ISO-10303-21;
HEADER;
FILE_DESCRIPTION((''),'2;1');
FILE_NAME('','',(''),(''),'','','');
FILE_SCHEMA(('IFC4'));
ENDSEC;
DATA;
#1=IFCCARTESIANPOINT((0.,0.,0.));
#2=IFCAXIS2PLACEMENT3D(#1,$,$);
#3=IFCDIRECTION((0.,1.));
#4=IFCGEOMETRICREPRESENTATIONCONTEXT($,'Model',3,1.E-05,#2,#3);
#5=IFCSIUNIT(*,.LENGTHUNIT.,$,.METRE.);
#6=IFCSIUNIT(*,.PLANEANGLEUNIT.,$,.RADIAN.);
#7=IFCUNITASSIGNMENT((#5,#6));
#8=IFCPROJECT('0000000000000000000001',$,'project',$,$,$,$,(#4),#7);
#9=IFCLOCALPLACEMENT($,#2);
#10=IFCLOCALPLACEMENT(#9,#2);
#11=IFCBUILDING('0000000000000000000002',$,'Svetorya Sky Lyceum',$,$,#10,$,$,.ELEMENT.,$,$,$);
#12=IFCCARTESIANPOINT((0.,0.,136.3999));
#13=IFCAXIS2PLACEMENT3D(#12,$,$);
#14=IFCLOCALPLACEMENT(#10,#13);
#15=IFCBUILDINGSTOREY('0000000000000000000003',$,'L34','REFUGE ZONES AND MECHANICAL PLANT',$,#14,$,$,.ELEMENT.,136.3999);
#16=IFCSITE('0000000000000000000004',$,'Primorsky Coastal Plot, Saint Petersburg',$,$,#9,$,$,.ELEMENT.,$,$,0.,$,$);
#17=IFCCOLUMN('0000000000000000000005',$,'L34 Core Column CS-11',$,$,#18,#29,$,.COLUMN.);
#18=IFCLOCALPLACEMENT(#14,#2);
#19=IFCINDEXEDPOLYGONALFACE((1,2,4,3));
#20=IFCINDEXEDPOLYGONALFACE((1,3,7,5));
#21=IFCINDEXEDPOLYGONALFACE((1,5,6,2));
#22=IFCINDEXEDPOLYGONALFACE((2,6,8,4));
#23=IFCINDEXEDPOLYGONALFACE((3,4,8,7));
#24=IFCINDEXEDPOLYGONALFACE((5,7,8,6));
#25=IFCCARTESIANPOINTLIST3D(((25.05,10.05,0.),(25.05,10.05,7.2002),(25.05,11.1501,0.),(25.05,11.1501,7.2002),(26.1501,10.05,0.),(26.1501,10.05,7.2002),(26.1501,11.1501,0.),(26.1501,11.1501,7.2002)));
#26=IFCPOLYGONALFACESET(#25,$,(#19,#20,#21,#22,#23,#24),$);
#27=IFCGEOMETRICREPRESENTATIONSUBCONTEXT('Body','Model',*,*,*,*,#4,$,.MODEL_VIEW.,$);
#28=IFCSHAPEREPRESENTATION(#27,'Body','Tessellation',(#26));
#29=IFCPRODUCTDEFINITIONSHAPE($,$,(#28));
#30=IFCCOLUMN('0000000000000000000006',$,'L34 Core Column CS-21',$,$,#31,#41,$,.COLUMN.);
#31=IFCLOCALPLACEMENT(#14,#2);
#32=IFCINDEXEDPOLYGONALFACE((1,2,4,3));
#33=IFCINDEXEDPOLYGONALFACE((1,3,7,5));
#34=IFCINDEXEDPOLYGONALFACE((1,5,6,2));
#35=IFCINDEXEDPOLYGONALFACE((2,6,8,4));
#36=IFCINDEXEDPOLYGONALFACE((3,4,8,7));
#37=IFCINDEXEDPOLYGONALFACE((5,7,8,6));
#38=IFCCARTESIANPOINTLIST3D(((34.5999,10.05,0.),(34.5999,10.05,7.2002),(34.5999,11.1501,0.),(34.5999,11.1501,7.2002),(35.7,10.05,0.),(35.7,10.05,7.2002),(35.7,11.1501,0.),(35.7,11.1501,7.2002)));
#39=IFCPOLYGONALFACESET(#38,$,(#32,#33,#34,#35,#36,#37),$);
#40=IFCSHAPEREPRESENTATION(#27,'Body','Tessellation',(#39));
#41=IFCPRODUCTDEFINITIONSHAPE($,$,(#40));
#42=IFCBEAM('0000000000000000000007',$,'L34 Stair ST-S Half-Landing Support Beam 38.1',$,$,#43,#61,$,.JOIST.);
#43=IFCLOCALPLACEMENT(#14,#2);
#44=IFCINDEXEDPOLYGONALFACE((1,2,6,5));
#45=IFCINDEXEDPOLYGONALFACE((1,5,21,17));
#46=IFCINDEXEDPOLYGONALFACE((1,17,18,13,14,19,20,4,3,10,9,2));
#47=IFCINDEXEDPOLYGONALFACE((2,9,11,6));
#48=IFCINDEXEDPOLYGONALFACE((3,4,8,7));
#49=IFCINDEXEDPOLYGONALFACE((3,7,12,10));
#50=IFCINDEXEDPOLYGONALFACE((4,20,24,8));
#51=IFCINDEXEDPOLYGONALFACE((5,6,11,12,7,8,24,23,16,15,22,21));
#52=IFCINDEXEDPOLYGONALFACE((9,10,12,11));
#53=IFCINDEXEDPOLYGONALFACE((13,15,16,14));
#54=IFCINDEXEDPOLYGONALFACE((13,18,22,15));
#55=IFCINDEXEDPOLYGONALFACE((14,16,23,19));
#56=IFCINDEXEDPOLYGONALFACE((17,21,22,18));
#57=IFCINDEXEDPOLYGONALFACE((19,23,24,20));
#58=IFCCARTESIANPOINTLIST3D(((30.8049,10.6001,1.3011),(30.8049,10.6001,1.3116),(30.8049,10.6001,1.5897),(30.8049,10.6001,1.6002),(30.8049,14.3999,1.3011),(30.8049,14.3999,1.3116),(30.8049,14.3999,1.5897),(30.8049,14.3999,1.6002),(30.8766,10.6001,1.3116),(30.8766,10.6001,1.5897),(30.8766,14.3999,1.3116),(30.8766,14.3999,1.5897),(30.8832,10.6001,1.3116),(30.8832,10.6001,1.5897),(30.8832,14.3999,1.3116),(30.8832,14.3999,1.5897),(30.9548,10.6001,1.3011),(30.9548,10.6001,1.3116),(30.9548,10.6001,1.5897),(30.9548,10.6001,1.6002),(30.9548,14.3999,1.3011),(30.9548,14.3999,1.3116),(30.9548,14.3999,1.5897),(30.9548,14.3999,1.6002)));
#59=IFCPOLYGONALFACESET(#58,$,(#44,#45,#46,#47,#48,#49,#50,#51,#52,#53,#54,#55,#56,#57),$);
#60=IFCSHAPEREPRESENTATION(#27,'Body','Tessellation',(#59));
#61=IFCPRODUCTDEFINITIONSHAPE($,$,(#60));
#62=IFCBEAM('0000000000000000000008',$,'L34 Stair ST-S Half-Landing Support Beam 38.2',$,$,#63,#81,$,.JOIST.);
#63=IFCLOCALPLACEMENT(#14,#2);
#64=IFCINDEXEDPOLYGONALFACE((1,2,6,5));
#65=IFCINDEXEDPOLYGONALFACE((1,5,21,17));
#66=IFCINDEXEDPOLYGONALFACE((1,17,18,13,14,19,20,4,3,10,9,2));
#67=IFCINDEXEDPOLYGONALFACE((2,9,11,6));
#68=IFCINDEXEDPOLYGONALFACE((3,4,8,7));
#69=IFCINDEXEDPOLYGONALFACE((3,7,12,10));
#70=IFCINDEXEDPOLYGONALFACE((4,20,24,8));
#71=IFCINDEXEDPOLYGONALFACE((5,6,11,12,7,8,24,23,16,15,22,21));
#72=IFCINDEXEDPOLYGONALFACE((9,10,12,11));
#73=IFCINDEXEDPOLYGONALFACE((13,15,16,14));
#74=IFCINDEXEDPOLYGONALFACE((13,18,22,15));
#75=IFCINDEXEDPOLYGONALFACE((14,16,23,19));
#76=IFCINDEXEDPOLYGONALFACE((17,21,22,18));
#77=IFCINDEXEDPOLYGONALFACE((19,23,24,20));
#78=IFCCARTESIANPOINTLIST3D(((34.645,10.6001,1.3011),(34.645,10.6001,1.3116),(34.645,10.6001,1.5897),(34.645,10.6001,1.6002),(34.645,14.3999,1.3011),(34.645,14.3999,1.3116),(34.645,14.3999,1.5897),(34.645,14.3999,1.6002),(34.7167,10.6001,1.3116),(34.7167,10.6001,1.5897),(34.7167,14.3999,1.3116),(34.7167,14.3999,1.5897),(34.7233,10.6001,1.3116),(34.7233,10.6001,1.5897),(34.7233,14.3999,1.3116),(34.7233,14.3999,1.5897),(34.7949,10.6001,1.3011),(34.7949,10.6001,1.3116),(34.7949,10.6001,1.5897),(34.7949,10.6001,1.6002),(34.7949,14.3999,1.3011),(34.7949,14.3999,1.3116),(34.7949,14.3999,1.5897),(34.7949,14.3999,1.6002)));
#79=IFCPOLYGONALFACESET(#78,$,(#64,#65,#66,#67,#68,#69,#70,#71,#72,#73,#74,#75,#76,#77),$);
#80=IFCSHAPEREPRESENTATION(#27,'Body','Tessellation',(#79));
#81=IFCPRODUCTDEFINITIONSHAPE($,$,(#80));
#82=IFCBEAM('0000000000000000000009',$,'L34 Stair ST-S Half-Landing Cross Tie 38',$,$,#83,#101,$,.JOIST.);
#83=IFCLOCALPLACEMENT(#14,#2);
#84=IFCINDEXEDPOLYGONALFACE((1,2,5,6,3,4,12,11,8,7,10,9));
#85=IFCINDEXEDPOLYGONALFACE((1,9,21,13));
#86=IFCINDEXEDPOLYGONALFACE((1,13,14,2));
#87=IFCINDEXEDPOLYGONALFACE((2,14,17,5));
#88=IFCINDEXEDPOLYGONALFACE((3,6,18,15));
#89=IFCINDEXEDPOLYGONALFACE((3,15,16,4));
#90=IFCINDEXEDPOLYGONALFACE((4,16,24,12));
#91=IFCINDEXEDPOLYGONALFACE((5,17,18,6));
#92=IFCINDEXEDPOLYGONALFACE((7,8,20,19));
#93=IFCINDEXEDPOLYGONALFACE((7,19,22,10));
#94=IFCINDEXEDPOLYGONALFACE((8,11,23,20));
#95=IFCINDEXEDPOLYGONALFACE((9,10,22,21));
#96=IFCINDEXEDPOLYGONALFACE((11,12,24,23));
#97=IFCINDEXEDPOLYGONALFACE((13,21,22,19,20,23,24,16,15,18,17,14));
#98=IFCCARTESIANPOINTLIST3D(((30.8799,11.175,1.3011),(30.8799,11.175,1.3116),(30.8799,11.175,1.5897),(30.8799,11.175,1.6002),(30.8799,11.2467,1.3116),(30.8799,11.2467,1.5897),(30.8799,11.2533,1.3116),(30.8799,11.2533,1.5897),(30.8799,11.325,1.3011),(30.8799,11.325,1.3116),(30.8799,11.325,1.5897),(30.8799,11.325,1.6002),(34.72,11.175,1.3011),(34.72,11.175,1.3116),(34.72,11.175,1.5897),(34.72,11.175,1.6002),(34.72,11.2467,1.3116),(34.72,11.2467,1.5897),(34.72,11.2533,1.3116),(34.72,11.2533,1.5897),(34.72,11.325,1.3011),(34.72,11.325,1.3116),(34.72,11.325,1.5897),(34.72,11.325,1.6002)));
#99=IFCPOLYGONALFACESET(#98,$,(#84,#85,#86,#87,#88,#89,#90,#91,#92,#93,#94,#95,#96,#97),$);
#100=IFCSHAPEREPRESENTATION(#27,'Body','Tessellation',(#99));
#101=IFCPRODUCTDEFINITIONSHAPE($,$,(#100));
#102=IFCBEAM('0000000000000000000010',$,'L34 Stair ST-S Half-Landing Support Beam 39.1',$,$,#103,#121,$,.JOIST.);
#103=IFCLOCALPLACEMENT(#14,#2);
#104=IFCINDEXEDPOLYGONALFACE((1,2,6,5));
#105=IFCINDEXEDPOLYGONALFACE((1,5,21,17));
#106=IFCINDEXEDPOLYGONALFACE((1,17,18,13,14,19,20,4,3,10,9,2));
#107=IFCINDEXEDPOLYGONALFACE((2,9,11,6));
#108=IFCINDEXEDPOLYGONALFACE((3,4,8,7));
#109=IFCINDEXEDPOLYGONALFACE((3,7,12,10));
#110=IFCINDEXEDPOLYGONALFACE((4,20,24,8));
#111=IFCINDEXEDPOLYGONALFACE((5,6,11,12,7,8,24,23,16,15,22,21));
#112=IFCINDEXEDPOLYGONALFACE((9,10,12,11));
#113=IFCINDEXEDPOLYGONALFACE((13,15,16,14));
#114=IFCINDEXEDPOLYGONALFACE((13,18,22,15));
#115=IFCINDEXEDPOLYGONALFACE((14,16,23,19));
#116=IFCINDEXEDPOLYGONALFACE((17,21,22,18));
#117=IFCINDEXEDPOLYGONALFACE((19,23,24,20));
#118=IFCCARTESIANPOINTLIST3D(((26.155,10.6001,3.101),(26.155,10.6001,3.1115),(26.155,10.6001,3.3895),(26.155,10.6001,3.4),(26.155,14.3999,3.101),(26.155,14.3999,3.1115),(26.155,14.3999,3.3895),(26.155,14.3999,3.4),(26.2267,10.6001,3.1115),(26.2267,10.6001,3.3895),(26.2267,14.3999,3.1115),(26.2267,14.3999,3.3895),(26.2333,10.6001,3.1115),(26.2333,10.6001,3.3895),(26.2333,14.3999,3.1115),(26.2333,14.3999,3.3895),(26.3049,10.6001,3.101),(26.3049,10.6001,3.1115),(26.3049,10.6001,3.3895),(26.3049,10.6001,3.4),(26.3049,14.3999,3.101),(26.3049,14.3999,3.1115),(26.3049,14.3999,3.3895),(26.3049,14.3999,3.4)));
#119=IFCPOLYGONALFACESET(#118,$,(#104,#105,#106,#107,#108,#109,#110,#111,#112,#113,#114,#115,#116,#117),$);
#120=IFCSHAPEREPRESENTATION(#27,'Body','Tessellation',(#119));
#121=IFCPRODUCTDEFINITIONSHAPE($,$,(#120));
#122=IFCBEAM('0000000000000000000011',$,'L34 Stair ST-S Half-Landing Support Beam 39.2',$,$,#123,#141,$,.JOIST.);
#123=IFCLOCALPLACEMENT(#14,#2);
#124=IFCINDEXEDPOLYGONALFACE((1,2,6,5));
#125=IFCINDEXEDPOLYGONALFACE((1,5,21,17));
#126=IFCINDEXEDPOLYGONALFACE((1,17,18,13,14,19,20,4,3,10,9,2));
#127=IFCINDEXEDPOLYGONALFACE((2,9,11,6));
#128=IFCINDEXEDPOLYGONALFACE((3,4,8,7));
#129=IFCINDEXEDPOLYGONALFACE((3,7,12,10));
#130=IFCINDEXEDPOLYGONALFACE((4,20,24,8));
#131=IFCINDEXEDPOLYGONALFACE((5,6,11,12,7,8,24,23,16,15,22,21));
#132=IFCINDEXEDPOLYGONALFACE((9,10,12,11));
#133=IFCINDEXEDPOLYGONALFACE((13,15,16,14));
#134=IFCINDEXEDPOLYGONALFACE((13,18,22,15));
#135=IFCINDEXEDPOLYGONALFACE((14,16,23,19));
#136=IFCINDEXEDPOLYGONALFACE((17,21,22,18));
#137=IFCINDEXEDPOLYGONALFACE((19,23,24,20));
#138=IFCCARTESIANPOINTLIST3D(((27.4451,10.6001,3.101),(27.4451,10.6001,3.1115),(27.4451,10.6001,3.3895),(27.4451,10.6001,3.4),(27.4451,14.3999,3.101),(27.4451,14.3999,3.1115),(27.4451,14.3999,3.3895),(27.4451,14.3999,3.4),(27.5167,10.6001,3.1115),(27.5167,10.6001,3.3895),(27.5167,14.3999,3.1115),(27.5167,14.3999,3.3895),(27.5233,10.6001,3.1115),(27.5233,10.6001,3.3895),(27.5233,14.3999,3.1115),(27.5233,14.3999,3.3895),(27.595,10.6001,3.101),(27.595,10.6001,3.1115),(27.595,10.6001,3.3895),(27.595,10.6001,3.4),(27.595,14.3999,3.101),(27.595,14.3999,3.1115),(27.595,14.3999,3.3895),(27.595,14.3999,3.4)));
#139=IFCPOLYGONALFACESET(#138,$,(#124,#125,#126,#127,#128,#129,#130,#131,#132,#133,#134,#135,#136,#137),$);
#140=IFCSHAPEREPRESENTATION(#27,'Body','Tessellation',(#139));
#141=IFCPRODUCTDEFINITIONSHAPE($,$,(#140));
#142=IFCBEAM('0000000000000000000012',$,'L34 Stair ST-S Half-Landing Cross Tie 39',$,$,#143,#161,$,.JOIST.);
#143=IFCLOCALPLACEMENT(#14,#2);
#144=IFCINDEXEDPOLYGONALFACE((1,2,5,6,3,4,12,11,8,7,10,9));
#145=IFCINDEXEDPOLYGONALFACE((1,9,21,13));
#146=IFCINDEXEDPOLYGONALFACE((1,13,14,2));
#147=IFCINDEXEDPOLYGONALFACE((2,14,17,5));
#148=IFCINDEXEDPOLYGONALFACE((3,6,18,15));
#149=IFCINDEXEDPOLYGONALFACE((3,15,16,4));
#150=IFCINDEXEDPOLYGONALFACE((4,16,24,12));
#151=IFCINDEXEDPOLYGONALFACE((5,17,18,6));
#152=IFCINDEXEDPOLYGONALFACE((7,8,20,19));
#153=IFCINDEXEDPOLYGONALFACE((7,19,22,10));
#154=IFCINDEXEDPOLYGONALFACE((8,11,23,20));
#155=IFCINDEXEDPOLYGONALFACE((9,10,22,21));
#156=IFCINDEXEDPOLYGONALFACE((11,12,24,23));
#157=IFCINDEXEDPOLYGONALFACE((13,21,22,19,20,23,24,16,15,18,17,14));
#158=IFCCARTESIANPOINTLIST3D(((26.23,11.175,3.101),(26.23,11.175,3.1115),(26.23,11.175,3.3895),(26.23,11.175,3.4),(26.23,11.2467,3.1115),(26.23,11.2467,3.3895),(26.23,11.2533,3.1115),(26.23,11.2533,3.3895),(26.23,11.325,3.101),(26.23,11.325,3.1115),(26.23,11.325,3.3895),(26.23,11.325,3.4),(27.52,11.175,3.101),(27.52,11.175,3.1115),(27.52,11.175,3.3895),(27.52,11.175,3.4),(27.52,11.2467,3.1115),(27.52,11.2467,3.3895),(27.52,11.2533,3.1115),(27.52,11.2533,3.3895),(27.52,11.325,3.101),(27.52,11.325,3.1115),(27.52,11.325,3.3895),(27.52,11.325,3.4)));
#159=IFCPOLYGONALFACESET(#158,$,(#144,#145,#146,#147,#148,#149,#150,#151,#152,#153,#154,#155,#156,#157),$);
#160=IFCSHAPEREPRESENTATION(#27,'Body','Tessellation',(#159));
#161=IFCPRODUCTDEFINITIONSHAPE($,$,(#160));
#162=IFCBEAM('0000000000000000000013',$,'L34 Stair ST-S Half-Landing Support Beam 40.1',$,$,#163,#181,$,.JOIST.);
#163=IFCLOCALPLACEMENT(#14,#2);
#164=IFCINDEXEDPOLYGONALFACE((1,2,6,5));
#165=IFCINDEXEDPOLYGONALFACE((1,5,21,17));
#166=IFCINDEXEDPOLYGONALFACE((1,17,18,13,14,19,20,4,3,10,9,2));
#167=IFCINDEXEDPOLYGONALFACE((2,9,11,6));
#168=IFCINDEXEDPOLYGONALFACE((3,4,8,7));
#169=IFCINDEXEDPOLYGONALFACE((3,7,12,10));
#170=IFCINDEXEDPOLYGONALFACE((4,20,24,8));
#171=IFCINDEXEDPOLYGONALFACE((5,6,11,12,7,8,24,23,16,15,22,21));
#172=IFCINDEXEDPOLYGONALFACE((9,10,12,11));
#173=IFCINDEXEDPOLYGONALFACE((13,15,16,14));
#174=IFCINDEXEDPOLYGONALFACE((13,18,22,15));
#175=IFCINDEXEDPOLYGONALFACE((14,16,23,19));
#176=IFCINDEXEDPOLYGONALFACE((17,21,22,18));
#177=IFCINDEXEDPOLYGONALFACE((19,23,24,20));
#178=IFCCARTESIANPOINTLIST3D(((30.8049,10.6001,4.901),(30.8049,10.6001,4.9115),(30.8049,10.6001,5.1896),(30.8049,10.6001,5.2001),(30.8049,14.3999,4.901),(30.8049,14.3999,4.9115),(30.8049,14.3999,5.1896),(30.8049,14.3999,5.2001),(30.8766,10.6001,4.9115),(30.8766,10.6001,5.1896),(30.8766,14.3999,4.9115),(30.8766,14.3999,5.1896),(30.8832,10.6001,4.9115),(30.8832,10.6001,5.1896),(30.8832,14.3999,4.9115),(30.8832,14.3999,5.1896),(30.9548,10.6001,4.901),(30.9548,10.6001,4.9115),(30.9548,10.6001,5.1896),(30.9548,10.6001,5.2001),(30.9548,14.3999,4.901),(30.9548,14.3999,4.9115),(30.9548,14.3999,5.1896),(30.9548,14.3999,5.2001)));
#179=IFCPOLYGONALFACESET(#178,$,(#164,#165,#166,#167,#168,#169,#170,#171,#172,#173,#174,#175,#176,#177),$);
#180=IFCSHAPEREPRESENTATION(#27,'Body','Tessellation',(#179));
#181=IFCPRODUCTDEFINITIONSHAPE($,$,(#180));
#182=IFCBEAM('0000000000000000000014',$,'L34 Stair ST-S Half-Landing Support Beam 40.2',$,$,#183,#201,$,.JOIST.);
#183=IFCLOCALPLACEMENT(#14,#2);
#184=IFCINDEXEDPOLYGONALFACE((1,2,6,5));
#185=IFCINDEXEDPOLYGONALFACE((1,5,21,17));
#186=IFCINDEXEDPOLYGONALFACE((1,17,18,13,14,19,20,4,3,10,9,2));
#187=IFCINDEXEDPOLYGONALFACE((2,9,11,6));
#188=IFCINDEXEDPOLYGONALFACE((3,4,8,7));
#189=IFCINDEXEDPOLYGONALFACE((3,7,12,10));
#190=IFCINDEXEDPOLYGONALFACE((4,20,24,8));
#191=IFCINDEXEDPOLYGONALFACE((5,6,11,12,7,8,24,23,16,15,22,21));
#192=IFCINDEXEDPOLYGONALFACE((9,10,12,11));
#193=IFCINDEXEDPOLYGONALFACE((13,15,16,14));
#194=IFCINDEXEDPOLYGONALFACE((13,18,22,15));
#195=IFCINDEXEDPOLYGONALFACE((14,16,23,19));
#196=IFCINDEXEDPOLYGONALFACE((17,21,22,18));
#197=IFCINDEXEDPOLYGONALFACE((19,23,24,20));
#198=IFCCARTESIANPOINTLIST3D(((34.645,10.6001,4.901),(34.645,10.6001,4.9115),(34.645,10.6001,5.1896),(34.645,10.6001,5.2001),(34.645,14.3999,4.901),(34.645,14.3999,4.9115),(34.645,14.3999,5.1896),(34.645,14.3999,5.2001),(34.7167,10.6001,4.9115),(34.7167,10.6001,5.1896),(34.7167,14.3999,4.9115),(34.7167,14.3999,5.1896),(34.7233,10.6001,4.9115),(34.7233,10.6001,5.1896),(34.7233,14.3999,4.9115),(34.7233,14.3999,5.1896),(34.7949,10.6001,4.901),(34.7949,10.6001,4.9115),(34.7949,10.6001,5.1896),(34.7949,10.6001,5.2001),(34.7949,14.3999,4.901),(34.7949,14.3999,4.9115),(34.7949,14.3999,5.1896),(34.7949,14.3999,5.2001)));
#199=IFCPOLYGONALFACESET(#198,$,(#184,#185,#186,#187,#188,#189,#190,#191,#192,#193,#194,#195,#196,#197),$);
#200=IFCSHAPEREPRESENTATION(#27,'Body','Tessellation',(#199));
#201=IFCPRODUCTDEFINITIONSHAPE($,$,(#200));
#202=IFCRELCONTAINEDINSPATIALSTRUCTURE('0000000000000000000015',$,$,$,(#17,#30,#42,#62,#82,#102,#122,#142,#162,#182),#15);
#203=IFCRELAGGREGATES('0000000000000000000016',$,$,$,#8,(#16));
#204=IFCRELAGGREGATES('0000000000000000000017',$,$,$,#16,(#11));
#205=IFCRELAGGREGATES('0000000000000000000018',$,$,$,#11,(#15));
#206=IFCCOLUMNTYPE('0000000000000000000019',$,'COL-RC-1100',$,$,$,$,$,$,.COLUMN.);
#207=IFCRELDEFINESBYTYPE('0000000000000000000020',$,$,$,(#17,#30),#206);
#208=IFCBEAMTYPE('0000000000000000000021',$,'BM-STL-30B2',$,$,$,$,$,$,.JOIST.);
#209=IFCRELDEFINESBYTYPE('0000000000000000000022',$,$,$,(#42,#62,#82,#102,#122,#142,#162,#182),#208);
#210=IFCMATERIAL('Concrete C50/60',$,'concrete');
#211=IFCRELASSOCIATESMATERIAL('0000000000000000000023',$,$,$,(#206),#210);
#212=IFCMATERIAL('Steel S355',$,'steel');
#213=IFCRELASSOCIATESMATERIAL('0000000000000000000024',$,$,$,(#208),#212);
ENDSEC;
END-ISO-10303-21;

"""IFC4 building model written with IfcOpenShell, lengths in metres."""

from ifc_helpers import new_model, si_unit, direction, frame, origin, origin_2d, place, context, subcontext, project, spatial, rectangle, i_section, extrude, material, material_profile, profile_set, type_object, element, save


model = new_model("IFC4")

# Units and contexts
model_context = context("Model", 3, precision=1e-05, world=origin(), true_north=direction((0.0, 1.0)))
body_context = subcontext(model_context, "Body", "Model", "MODEL_VIEW")
ifc_project = project(units=[si_unit("LENGTHUNIT", "METRE"), si_unit("PLANEANGLEUNIT", "RADIAN")], contexts=[model_context])

# Site, building, storey
site_placement = place(None, origin())
site = spatial("IfcSite", under=ifc_project, at=site_placement, Name="Primorsky Coastal Plot, Saint Petersburg", CompositionType="ELEMENT", RefElevation=0.0)
building_placement = place(site_placement, origin())
building = spatial("IfcBuilding", under=site, at=building_placement, Name="Svetorya Sky Lyceum", CompositionType="ELEMENT")
storey_placement = place(building_placement, frame((0.0, 0.0, 136.3999)))
storey = spatial("IfcBuildingStorey", under=building, at=storey_placement, Name="L34", Description="REFUGE ZONES AND MECHANICAL PLANT", CompositionType="ELEMENT", Elevation=136.3999)

# Columns
ifc_material_1 = material(Name="Concrete C50/60", Category="concrete")
ifc_material_profile_1 = material_profile(ifc_material_1, rectangle(XDim=1.1001, YDim=1.1001, at=origin_2d()), Name="RC COL 1100x1100")
ifc_profile_set_1 = profile_set([ifc_material_profile_1], Name="Concrete C50/60")
column_type = type_object("IfcColumnType", Name="COL-RC-1100", PredefinedType="COLUMN", material=ifc_profile_set_1)
for number, where, z_axis, x_axis, name in (
    (1, (25.6001, 10.6001, 0.0), (0.0, 0.0, 1.0), (1.0, 0.0, 0.0), "L34 Core Column CS-11"),
    (2, (35.1499, 10.6001, 0.0), (0.0, 0.0, 1.0), (1.0, 0.0, 0.0), "L34 Core Column CS-21"),
):
    element("IfcColumn", number, at=place(storey_placement, frame(where, z_axis=z_axis, x_axis=x_axis)), inside=storey, type_object=column_type, Name=name, PredefinedType="COLUMN", context=body_context, shape_type="SweptSolid", body=[
        extrude(rectangle(XDim=1.1001, YDim=1.1001, at=origin_2d()), origin(), (0.0, 0.0, 1.0), 7.2002),
    ])

# Beams
ifc_material_2 = material(Name="Steel S355", Category="steel")
ifc_material_profile_2 = material_profile(ifc_material_2, i_section(OverallWidth=0.1499, OverallDepth=0.2991, WebThickness=0.0066, FlangeThickness=0.0105, at=origin_2d()), Name="GOST 30B2")
ifc_profile_set_2 = profile_set([ifc_material_profile_2], Name="Steel S355")
beam_type_1 = type_object("IfcBeamType", Name="BM-STL-30B2", PredefinedType="JOIST", material=ifc_profile_set_2)
for number, where, z_axis, x_axis, name in (
    (3, (30.8799, 10.6001, 1.4507), (0.0, 1.0, 0.0), (-1.0, 0.0, 0.0), "L34 Stair ST-S Half-Landing Support Beam 38.1"),
    (4, (34.72, 10.6001, 1.4507), (0.0, 1.0, 0.0), (-1.0, 0.0, 0.0), "L34 Stair ST-S Half-Landing Support Beam 38.2"),
):
    element("IfcBeam", number, at=place(storey_placement, frame(where, z_axis=z_axis, x_axis=x_axis)), inside=storey, type_object=beam_type_1, Name=name, PredefinedType="JOIST", context=body_context, shape_type="SweptSolid", body=[
        extrude(i_section(OverallWidth=0.1499, OverallDepth=0.2991, WebThickness=0.0066, FlangeThickness=0.0105, at=origin_2d()), origin(), (0.0, 0.0, 1.0), 3.7998),
    ])
beam_1_placement = place(storey_placement, frame((30.8799, 11.25, 1.4507), z_axis=(1.0, 0.0, 0.0), x_axis=(0.0, 1.0, 0.0)))
element("IfcBeam", 5, at=beam_1_placement, inside=storey, type_object=beam_type_1, Name="L34 Stair ST-S Half-Landing Cross Tie 38", PredefinedType="JOIST", context=body_context, shape_type="SweptSolid", body=[
    extrude(i_section(OverallWidth=0.1499, OverallDepth=0.2991, WebThickness=0.0066, FlangeThickness=0.0105, at=origin_2d()), origin(), (0.0, 0.0, 1.0), 3.8401),
])
for number, where, z_axis, x_axis, name in (
    (6, (26.23, 10.6001, 3.2505), (0.0, 1.0, 0.0), (-1.0, 0.0, 0.0), "L34 Stair ST-S Half-Landing Support Beam 39.1"),
    (7, (27.52, 10.6001, 3.2505), (0.0, 1.0, 0.0), (-1.0, 0.0, 0.0), "L34 Stair ST-S Half-Landing Support Beam 39.2"),
):
    element("IfcBeam", number, at=place(storey_placement, frame(where, z_axis=z_axis, x_axis=x_axis)), inside=storey, type_object=beam_type_1, Name=name, PredefinedType="JOIST", context=body_context, shape_type="SweptSolid", body=[
        extrude(i_section(OverallWidth=0.1499, OverallDepth=0.2991, WebThickness=0.0066, FlangeThickness=0.0105, at=origin_2d()), origin(), (0.0, 0.0, 1.0), 3.7998),
    ])
beam_2_placement = place(storey_placement, frame((26.23, 11.25, 3.2505), z_axis=(1.0, 0.0, 0.0), x_axis=(0.0, 1.0, 0.0)))
element("IfcBeam", 8, at=beam_2_placement, inside=storey, type_object=beam_type_1, Name="L34 Stair ST-S Half-Landing Cross Tie 39", PredefinedType="JOIST", context=body_context, shape_type="SweptSolid", body=[
    extrude(i_section(OverallWidth=0.1499, OverallDepth=0.2991, WebThickness=0.0066, FlangeThickness=0.0105, at=origin_2d()), origin(), (0.0, 0.0, 1.0), 1.29),
])
for number, where, z_axis, x_axis, name in (
    (9, (30.8799, 10.6001, 5.0505), (0.0, 1.0, 0.0), (-1.0, 0.0, 0.0), "L34 Stair ST-S Half-Landing Support Beam 40.1"),
    (10, (34.72, 10.6001, 5.0505), (0.0, 1.0, 0.0), (-1.0, 0.0, 0.0), "L34 Stair ST-S Half-Landing Support Beam 40.2"),
):
    element("IfcBeam", number, at=place(storey_placement, frame(where, z_axis=z_axis, x_axis=x_axis)), inside=storey, type_object=beam_type_1, Name=name, PredefinedType="JOIST", context=body_context, shape_type="SweptSolid", body=[
        extrude(i_section(OverallWidth=0.1499, OverallDepth=0.2991, WebThickness=0.0066, FlangeThickness=0.0105, at=origin_2d()), origin(), (0.0, 0.0, 1.0), 3.7998),
    ])

save(model, "model.ifc")
